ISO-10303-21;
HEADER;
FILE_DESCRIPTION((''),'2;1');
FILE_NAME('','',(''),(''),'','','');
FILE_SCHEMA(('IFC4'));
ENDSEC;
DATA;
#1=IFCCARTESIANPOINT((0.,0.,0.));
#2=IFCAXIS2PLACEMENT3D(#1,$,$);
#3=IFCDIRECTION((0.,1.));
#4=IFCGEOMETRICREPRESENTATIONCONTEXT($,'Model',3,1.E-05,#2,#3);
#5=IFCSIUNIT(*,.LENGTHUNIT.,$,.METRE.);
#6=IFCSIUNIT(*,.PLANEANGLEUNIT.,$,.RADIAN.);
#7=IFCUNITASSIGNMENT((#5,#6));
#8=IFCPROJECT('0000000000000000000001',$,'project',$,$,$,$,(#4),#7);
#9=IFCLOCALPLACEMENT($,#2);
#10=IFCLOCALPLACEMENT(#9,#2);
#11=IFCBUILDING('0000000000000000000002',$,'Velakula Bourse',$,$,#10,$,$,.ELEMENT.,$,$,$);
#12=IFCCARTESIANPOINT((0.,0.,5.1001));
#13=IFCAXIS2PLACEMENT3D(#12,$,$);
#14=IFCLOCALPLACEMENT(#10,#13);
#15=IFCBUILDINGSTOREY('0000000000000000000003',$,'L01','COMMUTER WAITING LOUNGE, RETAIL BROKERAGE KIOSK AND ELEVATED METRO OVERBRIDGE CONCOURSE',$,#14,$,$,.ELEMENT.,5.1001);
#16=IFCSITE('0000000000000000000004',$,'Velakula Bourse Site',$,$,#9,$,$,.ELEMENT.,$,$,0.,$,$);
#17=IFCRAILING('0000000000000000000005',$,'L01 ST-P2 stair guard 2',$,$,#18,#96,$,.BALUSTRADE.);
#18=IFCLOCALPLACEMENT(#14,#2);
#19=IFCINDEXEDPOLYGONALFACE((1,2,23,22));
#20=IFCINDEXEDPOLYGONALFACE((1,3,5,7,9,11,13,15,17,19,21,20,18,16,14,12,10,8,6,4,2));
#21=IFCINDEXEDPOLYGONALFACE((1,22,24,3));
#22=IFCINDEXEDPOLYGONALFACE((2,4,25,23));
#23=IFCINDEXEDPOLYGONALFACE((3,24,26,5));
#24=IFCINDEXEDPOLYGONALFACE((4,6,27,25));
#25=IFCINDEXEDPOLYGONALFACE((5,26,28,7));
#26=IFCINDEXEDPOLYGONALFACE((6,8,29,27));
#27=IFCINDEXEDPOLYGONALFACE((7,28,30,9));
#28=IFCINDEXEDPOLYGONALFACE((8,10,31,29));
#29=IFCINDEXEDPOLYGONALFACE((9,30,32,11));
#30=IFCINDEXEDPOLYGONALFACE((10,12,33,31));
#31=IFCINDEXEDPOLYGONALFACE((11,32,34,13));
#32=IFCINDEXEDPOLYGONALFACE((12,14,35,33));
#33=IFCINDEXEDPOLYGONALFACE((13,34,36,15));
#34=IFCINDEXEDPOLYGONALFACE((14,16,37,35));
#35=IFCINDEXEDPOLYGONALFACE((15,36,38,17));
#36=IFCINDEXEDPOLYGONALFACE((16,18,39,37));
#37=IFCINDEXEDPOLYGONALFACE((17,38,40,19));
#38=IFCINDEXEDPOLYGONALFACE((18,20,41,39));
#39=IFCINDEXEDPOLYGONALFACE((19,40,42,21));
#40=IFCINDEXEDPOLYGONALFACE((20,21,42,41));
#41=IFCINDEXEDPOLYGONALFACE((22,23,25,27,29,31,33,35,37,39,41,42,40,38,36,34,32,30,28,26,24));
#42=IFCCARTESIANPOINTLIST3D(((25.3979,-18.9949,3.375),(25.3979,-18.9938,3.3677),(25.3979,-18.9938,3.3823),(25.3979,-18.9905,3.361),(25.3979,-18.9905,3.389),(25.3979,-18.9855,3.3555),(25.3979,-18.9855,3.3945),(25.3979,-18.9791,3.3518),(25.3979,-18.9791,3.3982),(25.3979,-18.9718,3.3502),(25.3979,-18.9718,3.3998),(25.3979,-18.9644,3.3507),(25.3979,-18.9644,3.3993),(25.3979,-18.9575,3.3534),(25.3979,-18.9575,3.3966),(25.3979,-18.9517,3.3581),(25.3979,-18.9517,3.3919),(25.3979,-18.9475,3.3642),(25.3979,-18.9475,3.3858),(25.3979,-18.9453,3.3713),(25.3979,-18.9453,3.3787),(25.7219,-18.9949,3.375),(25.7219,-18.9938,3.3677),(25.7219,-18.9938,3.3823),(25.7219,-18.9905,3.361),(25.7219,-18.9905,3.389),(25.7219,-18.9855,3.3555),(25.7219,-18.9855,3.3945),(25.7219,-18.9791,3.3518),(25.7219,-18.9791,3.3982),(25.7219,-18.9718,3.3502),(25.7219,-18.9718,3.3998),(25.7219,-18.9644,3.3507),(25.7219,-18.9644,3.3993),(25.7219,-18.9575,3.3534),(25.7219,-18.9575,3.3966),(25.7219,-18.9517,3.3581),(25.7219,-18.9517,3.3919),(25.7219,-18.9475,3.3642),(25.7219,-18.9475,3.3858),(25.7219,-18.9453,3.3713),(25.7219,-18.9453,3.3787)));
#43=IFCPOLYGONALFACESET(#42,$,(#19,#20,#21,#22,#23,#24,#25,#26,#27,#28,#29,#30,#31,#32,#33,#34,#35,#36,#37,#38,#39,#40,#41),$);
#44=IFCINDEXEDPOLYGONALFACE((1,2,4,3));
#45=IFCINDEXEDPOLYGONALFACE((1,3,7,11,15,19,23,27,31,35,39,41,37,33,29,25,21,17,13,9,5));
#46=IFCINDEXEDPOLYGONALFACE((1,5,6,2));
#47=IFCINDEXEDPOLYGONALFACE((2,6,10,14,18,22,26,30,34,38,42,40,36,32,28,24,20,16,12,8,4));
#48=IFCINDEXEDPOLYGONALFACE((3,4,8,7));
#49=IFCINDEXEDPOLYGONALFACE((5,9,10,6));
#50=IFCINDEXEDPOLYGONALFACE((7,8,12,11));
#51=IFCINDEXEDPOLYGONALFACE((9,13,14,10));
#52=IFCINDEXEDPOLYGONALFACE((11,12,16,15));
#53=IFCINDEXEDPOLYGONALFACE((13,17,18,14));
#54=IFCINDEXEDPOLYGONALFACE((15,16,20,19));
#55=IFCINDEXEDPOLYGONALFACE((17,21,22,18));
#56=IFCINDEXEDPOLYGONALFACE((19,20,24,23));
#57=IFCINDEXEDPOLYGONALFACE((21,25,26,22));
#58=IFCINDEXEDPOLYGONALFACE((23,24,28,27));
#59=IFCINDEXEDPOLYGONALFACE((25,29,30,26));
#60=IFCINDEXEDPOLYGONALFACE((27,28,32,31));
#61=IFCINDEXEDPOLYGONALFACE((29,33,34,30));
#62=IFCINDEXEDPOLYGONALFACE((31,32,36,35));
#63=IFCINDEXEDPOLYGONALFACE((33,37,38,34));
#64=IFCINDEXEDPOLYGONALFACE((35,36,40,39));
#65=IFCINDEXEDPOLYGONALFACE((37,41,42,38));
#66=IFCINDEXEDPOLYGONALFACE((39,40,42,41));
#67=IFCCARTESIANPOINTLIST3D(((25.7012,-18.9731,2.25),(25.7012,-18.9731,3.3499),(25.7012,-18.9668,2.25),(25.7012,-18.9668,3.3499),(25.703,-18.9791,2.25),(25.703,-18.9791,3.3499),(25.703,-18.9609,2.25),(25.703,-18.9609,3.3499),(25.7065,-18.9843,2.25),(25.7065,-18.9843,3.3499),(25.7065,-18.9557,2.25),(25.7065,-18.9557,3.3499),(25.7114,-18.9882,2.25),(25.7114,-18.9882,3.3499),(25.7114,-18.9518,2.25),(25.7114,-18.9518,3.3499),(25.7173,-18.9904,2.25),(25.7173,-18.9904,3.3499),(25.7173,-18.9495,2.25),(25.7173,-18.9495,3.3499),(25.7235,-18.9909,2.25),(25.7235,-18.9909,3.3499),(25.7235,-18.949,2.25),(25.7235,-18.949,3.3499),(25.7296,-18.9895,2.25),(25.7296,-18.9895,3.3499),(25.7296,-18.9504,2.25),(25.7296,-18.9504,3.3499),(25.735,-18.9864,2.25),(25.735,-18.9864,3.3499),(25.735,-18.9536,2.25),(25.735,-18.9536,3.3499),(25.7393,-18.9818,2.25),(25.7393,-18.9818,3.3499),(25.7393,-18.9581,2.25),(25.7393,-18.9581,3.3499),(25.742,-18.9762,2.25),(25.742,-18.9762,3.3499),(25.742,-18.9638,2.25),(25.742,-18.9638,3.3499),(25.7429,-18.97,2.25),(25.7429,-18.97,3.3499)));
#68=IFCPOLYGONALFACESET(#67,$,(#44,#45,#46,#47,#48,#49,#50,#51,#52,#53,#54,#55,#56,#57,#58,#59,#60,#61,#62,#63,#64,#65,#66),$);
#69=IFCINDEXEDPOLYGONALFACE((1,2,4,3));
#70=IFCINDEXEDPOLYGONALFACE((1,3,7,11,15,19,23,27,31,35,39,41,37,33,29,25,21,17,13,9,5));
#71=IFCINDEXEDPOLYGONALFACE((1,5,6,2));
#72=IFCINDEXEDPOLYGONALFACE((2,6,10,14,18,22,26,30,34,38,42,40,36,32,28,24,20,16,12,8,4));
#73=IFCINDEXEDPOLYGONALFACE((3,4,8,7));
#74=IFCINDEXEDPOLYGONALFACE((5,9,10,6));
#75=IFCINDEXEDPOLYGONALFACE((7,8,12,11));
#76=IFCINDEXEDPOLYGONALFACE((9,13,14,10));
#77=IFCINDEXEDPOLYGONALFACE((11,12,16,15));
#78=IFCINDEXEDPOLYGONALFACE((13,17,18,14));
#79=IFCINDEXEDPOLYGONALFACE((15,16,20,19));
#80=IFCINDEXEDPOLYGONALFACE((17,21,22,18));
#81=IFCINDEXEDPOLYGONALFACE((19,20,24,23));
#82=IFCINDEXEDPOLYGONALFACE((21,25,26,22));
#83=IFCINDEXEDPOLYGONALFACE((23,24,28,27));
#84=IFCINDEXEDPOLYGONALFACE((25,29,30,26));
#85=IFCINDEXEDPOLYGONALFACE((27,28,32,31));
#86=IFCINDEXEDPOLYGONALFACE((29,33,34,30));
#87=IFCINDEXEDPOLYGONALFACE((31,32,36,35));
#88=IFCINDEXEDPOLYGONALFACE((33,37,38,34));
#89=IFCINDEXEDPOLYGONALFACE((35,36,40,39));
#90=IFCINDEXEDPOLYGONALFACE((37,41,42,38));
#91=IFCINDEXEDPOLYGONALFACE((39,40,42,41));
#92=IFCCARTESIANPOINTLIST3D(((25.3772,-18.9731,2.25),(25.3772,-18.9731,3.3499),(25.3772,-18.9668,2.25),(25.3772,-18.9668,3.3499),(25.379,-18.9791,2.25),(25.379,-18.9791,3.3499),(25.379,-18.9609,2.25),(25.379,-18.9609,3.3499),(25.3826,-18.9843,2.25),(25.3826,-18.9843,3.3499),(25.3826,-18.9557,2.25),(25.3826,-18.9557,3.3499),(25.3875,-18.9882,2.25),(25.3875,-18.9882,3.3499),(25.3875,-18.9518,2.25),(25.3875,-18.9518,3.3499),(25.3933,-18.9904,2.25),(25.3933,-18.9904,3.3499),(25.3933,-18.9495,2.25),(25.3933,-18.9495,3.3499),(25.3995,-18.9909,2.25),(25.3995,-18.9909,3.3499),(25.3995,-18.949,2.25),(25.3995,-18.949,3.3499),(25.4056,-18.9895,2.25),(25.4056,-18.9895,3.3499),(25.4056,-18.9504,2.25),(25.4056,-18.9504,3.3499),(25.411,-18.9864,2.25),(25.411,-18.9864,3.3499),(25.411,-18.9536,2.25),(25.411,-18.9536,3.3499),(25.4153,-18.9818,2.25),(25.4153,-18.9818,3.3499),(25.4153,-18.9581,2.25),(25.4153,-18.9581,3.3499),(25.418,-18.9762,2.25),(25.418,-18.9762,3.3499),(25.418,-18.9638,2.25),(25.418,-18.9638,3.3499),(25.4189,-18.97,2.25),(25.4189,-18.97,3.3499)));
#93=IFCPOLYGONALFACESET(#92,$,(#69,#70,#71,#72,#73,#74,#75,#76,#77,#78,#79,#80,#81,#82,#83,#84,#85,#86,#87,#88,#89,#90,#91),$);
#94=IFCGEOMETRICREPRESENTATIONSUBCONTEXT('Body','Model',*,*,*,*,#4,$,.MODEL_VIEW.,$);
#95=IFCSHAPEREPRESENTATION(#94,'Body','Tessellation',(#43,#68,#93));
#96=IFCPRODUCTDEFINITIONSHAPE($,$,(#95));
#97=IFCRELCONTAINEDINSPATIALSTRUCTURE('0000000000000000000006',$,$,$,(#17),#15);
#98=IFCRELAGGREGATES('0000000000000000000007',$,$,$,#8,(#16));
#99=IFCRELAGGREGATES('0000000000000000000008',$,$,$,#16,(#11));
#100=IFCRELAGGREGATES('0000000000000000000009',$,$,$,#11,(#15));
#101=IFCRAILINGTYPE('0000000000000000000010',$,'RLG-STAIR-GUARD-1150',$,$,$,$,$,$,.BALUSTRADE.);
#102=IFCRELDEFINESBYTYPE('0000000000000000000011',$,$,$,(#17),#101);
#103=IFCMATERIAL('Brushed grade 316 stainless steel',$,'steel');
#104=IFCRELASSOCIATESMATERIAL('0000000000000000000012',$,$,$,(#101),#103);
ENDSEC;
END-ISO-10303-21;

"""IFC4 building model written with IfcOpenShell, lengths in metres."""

from ifc_helpers import new_model, si_unit, direction, frame, origin, origin_2d, place, context, subcontext, project, spatial, circle, extrude, material, type_object, element, save


model = new_model("IFC4")

# Units and contexts
model_context = context("Model", 3, precision=1e-05, world=origin(), true_north=direction((0.0, 1.0)))
body_context = subcontext(model_context, "Body", "Model", "MODEL_VIEW")
ifc_project = project(units=[si_unit("LENGTHUNIT", "METRE"), si_unit("PLANEANGLEUNIT", "RADIAN")], contexts=[model_context])

# Site, building, storey
site_placement = place(None, origin())
site = spatial("IfcSite", under=ifc_project, at=site_placement, Name="Velakula Bourse Site", CompositionType="ELEMENT", RefElevation=0.0)
building_placement = place(site_placement, origin())
building = spatial("IfcBuilding", under=site, at=building_placement, Name="Velakula Bourse", CompositionType="ELEMENT")
storey_placement = place(building_placement, frame((0.0, 0.0, 5.1001)))
storey = spatial("IfcBuildingStorey", under=building, at=storey_placement, Name="L01", Description="COMMUTER WAITING LOUNGE, RETAIL BROKERAGE KIOSK AND ELEVATED METRO OVERBRIDGE CONCOURSE", CompositionType="ELEMENT", Elevation=5.1001)

# Railing
ifc_material_1 = material(Name="Brushed grade 316 stainless steel", Category="steel")
railing_type_1 = type_object("IfcRailingType", Name="RLG-STAIR-GUARD-1150", PredefinedType="BALUSTRADE", material=ifc_material_1)
railing_1_placement = place(storey_placement, frame((25.7219, -18.97, 2.25)))
element("IfcRailing", 1, at=railing_1_placement, inside=storey, type_object=railing_type_1, Name="L01 ST-P2 stair guard 2", PredefinedType="BALUSTRADE", context=body_context, shape_type="SweptSolid", body=[
    extrude(circle(Radius=0.0249, at=origin_2d()), frame((0.0, 0.0, 1.125), z_axis=(-1.0, 0.0, 0.0), x_axis=(0.0, -1.0, 0.0)), (0.0, 0.0, 1.0), 0.324),
    extrude(circle(Radius=0.021, at=origin_2d()), origin(), (0.0, 0.0, 1.0), 1.0999),
    extrude(circle(Radius=0.021, at=origin_2d()), frame((-0.324, 0.0, 0.0)), (0.0, 0.0, 1.0), 1.0999),
])

save(model, "model.ifc")
